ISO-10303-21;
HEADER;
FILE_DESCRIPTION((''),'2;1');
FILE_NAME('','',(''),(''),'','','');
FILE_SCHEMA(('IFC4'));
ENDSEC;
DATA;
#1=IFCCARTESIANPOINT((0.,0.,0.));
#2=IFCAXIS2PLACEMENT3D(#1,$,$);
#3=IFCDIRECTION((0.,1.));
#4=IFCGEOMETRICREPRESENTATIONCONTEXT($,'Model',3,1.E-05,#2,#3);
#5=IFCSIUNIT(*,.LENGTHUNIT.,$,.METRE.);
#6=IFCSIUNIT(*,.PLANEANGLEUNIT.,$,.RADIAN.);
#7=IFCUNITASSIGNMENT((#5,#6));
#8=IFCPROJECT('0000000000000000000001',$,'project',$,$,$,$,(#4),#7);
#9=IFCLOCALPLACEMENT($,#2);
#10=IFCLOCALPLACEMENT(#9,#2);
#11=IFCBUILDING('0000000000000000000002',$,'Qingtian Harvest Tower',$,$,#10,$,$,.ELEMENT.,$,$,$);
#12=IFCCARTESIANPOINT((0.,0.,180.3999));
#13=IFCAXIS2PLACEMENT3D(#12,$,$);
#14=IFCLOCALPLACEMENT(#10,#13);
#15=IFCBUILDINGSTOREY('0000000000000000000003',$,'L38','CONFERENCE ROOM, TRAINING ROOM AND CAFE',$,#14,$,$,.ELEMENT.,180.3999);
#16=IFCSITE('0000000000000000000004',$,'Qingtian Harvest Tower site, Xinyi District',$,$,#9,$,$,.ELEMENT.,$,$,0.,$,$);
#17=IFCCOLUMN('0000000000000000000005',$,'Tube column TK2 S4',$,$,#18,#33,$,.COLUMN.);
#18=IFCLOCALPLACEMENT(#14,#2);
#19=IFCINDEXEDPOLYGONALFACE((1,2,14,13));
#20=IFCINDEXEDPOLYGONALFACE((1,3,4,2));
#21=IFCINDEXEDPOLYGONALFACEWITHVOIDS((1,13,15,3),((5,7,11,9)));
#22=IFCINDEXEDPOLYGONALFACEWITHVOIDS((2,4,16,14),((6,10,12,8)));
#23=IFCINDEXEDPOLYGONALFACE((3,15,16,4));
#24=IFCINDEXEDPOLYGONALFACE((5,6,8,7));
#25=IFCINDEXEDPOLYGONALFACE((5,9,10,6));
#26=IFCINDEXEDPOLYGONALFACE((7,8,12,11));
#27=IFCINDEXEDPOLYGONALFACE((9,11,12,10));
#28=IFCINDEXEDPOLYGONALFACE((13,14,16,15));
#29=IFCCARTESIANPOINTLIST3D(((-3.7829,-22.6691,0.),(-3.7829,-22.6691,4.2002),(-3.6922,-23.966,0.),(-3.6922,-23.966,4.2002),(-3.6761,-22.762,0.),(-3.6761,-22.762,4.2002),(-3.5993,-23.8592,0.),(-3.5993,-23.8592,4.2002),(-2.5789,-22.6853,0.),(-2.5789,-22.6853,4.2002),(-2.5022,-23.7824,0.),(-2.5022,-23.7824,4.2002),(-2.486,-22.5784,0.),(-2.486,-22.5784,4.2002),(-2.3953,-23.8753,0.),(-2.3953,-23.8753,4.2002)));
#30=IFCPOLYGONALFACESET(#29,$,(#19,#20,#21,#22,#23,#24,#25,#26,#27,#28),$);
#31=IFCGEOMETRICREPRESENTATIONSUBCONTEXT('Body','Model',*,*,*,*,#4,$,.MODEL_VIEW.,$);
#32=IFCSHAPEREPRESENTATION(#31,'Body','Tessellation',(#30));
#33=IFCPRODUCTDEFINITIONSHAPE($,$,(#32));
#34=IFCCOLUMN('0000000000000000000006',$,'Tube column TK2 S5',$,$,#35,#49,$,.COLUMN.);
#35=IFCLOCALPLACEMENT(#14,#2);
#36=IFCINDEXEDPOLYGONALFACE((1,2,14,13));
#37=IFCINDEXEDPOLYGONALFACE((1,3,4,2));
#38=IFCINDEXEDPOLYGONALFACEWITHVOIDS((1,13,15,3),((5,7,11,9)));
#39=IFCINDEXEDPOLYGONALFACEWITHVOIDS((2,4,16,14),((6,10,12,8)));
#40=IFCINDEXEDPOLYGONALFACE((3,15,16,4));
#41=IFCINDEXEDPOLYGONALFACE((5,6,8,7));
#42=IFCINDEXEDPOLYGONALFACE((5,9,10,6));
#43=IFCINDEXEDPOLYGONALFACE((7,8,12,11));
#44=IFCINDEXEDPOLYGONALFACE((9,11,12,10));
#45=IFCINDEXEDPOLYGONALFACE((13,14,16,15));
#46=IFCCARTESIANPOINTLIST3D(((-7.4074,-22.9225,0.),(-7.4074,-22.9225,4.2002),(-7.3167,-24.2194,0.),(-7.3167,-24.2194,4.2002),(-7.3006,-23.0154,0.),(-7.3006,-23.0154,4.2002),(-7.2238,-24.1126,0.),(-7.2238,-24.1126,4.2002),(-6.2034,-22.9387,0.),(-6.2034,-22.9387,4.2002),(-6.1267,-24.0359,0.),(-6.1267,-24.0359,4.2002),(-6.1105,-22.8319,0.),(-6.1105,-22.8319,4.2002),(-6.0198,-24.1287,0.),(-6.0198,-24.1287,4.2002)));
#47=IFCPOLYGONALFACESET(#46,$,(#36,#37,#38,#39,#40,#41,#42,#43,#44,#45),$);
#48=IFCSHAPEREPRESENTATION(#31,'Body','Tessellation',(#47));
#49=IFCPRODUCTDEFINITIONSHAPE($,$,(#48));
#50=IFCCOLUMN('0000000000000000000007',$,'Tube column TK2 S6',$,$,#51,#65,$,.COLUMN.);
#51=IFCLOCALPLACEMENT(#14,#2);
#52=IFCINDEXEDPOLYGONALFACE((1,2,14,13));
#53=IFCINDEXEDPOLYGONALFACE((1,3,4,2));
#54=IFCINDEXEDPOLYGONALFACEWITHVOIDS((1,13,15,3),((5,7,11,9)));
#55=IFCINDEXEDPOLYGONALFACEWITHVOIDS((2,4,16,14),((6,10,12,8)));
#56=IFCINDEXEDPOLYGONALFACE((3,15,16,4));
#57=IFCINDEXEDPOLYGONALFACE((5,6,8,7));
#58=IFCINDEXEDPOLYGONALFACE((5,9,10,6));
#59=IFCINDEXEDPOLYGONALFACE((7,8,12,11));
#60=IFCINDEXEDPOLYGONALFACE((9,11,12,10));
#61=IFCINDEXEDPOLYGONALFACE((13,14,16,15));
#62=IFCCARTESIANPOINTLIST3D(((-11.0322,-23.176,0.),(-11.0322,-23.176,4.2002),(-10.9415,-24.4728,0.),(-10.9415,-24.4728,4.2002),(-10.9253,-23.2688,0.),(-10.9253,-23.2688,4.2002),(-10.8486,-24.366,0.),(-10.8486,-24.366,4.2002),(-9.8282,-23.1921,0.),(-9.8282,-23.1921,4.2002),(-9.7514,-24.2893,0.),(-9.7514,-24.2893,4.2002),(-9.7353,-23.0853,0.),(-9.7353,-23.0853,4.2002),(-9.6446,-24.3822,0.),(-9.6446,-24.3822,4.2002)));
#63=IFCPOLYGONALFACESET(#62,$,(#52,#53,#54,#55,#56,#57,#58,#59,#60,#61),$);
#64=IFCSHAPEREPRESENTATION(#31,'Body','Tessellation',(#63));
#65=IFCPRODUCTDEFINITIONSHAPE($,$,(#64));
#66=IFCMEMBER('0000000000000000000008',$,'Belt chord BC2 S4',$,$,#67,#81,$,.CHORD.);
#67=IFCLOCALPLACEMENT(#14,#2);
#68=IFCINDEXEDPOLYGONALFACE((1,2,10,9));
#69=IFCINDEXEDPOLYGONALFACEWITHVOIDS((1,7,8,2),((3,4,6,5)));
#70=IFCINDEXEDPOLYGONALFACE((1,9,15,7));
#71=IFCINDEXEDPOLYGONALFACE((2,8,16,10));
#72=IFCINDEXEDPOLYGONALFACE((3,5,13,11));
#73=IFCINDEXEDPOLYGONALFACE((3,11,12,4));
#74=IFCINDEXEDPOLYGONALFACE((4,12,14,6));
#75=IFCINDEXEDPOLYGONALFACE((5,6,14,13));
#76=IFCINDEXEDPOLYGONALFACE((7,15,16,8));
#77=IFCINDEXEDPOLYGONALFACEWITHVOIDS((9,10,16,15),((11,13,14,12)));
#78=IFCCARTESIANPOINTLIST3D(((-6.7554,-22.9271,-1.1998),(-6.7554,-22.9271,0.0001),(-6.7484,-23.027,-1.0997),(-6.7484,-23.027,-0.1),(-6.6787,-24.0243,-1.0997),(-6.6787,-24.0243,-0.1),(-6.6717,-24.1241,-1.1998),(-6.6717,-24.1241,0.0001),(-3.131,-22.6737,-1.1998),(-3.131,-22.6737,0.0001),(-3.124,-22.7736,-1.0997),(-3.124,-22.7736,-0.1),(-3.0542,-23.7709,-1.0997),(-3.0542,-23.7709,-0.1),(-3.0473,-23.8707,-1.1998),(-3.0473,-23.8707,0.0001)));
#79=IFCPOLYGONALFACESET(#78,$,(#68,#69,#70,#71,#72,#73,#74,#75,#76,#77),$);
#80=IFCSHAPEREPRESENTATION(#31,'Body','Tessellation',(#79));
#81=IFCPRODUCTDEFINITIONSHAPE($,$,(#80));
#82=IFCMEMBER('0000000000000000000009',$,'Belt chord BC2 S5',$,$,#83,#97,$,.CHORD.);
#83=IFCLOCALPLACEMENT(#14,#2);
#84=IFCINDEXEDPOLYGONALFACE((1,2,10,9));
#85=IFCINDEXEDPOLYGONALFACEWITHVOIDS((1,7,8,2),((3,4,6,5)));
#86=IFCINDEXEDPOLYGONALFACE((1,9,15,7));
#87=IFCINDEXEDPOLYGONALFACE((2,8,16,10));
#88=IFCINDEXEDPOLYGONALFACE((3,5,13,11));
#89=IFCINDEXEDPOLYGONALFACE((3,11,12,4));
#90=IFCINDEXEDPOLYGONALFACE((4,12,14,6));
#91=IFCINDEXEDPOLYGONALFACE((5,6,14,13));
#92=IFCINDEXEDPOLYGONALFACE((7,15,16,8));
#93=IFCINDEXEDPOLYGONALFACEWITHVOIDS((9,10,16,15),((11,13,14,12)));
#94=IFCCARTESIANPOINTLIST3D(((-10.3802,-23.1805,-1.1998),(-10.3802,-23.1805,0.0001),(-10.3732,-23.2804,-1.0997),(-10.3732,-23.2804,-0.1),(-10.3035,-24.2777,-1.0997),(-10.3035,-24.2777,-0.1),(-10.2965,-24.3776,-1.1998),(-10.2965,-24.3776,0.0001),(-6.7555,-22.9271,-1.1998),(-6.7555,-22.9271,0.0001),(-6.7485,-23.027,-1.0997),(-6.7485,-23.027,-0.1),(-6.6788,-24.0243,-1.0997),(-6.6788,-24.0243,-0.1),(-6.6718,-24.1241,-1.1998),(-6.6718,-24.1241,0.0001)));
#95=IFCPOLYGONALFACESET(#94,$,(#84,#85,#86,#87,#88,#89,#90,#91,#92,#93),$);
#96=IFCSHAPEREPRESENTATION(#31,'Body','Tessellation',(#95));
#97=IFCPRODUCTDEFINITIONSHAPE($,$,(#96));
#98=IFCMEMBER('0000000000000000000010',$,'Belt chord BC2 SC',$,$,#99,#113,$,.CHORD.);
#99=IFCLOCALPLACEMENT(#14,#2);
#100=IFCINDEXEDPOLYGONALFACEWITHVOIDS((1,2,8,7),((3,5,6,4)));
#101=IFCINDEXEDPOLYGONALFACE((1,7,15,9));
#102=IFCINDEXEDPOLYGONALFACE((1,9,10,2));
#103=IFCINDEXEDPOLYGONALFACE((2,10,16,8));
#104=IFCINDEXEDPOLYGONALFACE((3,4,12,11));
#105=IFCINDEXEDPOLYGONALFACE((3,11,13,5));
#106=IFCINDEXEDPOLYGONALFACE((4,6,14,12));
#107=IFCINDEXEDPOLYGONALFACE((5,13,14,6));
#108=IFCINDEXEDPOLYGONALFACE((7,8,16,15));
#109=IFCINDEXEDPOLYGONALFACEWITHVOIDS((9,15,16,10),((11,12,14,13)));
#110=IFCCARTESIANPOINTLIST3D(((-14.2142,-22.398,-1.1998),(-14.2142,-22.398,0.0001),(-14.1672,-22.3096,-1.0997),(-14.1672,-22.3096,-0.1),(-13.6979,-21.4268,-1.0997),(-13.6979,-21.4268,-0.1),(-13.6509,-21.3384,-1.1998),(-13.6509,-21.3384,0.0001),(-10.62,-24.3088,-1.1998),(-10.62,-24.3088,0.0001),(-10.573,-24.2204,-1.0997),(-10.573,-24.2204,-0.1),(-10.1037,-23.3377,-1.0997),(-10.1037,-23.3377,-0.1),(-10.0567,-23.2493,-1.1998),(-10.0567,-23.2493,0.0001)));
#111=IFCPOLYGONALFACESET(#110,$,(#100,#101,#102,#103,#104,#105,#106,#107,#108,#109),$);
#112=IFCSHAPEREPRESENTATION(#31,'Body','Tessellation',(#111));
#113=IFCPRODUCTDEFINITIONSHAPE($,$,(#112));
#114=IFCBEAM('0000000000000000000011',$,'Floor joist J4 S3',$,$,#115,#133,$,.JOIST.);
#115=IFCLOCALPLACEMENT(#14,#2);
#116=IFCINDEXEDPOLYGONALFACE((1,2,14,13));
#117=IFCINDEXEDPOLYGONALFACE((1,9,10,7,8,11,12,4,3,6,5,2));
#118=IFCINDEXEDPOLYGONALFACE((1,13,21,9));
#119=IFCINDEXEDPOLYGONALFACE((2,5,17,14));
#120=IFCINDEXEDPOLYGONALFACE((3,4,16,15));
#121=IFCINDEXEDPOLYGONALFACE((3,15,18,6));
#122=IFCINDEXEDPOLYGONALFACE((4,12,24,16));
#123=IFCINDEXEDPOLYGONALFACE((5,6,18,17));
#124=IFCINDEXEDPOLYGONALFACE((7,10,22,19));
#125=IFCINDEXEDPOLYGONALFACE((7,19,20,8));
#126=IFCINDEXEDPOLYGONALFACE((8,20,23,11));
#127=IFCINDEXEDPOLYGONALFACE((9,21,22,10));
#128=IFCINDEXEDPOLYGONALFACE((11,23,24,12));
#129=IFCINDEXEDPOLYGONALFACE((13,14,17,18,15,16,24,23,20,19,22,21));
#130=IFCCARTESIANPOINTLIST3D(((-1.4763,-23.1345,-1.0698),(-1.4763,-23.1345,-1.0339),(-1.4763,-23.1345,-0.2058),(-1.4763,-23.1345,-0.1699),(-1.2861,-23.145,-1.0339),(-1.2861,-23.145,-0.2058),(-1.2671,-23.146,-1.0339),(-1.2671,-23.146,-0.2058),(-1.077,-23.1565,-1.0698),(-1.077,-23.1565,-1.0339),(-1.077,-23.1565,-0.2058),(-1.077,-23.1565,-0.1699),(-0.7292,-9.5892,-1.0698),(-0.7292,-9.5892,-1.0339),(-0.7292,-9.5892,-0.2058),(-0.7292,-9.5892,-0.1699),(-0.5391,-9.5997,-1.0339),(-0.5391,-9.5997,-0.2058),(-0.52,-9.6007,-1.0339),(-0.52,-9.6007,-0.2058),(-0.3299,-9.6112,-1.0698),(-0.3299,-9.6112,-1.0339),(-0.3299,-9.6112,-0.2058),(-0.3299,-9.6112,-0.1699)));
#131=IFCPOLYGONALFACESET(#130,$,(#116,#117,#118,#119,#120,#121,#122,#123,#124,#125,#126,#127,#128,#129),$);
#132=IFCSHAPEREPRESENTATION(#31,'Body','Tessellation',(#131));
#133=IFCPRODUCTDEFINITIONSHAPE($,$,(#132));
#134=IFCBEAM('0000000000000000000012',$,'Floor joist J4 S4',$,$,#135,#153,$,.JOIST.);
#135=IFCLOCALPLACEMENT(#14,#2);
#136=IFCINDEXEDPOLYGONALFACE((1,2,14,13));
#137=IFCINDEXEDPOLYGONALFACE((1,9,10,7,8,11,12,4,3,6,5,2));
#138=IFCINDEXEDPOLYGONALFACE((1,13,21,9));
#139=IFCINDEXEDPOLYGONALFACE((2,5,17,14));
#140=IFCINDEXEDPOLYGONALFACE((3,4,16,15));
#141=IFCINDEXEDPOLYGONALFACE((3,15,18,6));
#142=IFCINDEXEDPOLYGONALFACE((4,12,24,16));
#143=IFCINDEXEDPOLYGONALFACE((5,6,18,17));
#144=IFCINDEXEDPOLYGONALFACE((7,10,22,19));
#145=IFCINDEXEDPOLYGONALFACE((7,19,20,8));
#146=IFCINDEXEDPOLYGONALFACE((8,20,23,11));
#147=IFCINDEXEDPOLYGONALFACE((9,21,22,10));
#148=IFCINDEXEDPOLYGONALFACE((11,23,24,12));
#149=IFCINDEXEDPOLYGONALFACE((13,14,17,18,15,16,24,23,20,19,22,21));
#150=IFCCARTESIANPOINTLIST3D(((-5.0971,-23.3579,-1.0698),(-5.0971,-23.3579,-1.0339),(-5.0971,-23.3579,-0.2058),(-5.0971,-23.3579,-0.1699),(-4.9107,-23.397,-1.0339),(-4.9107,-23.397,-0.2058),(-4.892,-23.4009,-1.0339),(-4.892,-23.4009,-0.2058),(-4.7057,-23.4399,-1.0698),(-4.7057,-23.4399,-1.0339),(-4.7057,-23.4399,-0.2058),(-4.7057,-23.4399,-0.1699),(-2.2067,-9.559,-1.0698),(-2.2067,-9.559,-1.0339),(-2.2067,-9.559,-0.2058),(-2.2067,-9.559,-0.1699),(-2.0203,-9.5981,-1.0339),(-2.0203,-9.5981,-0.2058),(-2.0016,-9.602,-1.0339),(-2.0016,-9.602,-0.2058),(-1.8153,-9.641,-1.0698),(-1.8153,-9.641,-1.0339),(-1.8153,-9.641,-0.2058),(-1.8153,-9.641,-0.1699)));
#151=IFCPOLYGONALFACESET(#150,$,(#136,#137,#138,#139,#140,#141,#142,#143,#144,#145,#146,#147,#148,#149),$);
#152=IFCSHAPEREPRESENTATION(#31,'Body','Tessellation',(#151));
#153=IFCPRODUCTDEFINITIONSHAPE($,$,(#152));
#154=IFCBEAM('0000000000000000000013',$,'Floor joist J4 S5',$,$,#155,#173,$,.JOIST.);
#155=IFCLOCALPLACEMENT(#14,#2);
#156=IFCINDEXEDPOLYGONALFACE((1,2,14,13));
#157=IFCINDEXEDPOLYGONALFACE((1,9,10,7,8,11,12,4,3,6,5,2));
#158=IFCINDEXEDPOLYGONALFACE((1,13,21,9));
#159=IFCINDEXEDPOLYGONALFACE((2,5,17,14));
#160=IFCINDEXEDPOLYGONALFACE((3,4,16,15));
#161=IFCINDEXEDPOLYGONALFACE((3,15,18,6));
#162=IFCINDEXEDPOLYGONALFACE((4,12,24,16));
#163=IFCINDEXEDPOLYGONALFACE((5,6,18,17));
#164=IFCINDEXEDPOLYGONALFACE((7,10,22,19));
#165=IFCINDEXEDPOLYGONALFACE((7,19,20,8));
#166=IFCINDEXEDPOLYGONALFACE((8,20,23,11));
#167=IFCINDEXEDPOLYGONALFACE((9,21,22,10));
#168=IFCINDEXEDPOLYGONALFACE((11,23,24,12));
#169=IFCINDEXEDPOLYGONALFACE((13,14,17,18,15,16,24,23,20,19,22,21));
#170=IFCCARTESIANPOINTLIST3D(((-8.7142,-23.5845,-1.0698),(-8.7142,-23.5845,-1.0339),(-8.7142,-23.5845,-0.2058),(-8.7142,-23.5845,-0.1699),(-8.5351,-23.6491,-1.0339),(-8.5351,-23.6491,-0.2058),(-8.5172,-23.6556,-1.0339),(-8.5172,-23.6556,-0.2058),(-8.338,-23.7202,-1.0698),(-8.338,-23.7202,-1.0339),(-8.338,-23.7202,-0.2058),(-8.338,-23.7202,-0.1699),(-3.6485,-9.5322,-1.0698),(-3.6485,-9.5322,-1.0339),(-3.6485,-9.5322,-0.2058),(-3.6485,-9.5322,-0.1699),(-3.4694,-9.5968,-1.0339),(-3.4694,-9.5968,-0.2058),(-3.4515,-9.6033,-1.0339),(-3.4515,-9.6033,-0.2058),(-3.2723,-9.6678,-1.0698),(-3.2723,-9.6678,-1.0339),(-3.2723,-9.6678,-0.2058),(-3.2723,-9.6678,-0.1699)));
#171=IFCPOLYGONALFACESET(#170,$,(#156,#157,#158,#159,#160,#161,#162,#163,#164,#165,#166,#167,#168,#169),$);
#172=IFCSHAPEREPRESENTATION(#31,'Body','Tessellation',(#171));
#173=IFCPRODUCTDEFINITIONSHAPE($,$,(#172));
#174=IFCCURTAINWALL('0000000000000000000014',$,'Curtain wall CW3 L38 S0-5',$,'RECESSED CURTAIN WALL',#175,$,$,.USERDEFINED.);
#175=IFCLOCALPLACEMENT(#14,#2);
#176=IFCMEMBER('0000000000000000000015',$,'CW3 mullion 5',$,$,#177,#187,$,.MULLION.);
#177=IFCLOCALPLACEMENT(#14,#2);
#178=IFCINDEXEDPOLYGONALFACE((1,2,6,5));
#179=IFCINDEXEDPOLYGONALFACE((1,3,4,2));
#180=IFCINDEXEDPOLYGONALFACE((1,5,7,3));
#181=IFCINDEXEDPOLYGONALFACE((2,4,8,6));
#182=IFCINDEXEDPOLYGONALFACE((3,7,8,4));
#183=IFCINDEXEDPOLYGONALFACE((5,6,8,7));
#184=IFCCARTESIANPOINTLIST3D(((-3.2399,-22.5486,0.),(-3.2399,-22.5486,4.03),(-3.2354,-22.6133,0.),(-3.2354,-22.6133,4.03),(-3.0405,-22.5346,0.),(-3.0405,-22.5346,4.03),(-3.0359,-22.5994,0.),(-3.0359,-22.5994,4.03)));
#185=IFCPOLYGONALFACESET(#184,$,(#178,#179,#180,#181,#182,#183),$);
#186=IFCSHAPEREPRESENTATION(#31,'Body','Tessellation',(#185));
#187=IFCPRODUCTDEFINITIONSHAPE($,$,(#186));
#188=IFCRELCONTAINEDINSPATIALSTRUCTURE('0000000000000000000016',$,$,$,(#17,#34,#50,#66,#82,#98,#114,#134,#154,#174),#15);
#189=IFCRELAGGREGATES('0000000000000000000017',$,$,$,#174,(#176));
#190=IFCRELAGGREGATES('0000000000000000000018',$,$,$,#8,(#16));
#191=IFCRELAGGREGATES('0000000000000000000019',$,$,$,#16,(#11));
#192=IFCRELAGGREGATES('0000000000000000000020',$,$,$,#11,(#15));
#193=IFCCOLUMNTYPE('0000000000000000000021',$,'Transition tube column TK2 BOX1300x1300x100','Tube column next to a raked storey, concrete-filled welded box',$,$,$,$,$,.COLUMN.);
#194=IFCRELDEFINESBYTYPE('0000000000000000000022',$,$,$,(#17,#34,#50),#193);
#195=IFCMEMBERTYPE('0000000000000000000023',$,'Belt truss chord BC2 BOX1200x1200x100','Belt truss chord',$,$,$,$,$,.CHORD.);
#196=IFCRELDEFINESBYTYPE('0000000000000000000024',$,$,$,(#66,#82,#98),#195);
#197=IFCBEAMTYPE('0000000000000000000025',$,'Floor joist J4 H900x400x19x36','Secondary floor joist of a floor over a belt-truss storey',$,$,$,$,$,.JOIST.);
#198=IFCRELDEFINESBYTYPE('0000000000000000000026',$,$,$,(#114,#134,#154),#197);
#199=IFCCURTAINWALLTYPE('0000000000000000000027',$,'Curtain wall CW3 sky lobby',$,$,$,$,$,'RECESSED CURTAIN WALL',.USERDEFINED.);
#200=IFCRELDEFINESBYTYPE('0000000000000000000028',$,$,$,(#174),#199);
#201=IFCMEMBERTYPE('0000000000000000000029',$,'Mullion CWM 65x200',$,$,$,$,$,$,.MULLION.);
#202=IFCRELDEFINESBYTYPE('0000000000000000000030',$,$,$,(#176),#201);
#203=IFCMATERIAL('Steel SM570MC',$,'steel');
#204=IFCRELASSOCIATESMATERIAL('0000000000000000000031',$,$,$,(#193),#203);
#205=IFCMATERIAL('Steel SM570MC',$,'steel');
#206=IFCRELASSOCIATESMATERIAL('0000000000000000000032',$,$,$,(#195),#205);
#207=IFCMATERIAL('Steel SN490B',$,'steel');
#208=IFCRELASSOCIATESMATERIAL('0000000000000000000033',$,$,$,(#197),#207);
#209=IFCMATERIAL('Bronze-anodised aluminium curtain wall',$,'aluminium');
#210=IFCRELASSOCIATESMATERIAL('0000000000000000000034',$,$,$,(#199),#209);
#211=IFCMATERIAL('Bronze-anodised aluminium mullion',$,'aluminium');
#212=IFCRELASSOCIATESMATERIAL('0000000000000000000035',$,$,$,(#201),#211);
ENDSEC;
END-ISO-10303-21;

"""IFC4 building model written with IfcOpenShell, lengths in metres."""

from ifc_helpers import new_model, si_unit, direction, frame, origin, origin_2d, place, context, subcontext, project, spatial, rectangle, hollow_rectangle, i_section, extrude, material, material_profile, profile_set, type_object, element, aggregate, save


model = new_model("IFC4")

# Units and contexts
model_context = context("Model", 3, precision=1e-05, world=origin(), true_north=direction((0.0, 1.0)))
body_context = subcontext(model_context, "Body", "Model", "MODEL_VIEW")
ifc_project = project(units=[si_unit("LENGTHUNIT", "METRE"), si_unit("PLANEANGLEUNIT", "RADIAN")], contexts=[model_context])

# Site, building, storey
site_placement = place(None, origin())
site = spatial("IfcSite", under=ifc_project, at=site_placement, Name="Qingtian Harvest Tower site, Xinyi District", CompositionType="ELEMENT", RefElevation=0.0)
building_placement = place(site_placement, origin())
building = spatial("IfcBuilding", under=site, at=building_placement, Name="Qingtian Harvest Tower", CompositionType="ELEMENT")
storey_placement = place(building_placement, frame((0.0, 0.0, 180.3999)))
storey = spatial("IfcBuildingStorey", under=building, at=storey_placement, Name="L38", Description="CONFERENCE ROOM, TRAINING ROOM AND CAFE", CompositionType="ELEMENT", Elevation=180.3999)

# Columns
ifc_material_1 = material(Name="Steel SM570MC", Category="steel")
ifc_material_profile_1 = material_profile(ifc_material_1, hollow_rectangle(XDim=1.3, YDim=1.3, WallThickness=0.1001, at=origin_2d()), Name="BOX1300x1300x100")
ifc_profile_set_1 = profile_set([ifc_material_profile_1], Name="Steel SM570MC")
column_type = type_object("IfcColumnType", Name="Transition tube column TK2 BOX1300x1300x100", Description="Tube column next to a raked storey, concrete-filled welded box", PredefinedType="COLUMN", material=ifc_profile_set_1)
for number, where, z_axis, x_axis, name in (
    (1, (-3.0891, -23.2722, 0.0), (0.0, 0.0, 1.0), (0.997564, 0.069756, 0.0), "Tube column TK2 S4"),
    (2, (-6.7136, -23.5256, 0.0), (0.0, 0.0, 1.0), (0.997564, 0.069756, 0.0), "Tube column TK2 S5"),
    (3, (-10.3384, -23.7791, 0.0), (0.0, 0.0, 1.0), (0.997564, 0.069756, 0.0), "Tube column TK2 S6"),
):
    element("IfcColumn", number, at=place(storey_placement, frame(where, z_axis=z_axis, x_axis=x_axis)), inside=storey, type_object=column_type, Name=name, PredefinedType="COLUMN", context=body_context, shape_type="SweptSolid", body=[
        extrude(hollow_rectangle(XDim=1.3, YDim=1.3, WallThickness=0.1001, at=origin_2d()), origin(), (0.0, 0.0, 1.0), 4.2002),
    ])

# Members
ifc_material_2 = material(Name="Steel SM570MC", Category="steel")
ifc_material_profile_2 = material_profile(ifc_material_2, hollow_rectangle(XDim=1.2, YDim=1.2, WallThickness=0.1001, at=origin_2d()), Name="BOX1200x1200x100")
ifc_profile_set_2 = profile_set([ifc_material_profile_2], Name="Steel SM570MC")
member_type_1 = type_object("IfcMemberType", Name="Belt truss chord BC2 BOX1200x1200x100", Description="Belt truss chord", PredefinedType="CHORD", material=ifc_profile_set_2)
member_1_placement = place(storey_placement, frame((-3.0891, -23.2722, -0.5999), z_axis=(-0.997565, -0.069748, 0.0), x_axis=(0.069748, -0.997565, 0.0)))
element("IfcMember", 4, at=member_1_placement, inside=storey, type_object=member_type_1, Name="Belt chord BC2 S4", PredefinedType="CHORD", context=body_context, shape_type="SweptSolid", body=[
    extrude(hollow_rectangle(XDim=1.2, YDim=1.2, WallThickness=0.1001, at=origin_2d()), origin(), (0.0, 0.0, 1.0), 3.6333),
])
member_2_placement = place(storey_placement, frame((-6.7136, -23.5256, -0.5999), z_axis=(-0.997565, -0.069743, 0.0), x_axis=(0.069743, -0.997565, 0.0)))
element("IfcMember", 5, at=member_2_placement, inside=storey, type_object=member_type_1, Name="Belt chord BC2 S5", PredefinedType="CHORD", context=body_context, shape_type="SweptSolid", body=[
    extrude(hollow_rectangle(XDim=1.2, YDim=1.2, WallThickness=0.1001, at=origin_2d()), origin(), (0.0, 0.0, 1.0), 3.6335),
])
member_3_placement = place(storey_placement, frame((-10.3384, -23.7791, -0.5999), z_axis=(-0.882968, 0.469433, 0.0), x_axis=(-0.469433, -0.882968, 0.0)))
element("IfcMember", 6, at=member_3_placement, inside=storey, type_object=member_type_1, Name="Belt chord BC2 SC", PredefinedType="CHORD", context=body_context, shape_type="SweptSolid", body=[
    extrude(hollow_rectangle(XDim=1.2, YDim=1.2, WallThickness=0.1001, at=origin_2d()), origin(), (0.0, 0.0, 1.0), 4.0706),
])

# Beams
ifc_material_3 = material(Name="Steel SN490B", Category="steel")
ifc_material_profile_3 = material_profile(ifc_material_3, i_section(OverallWidth=0.3999, OverallDepth=0.8999, WebThickness=0.019, FlangeThickness=0.0359, at=origin_2d()), Name="H900x400x19x36")
ifc_profile_set_3 = profile_set([ifc_material_profile_3], Name="Steel SN490B")
beam_type_1 = type_object("IfcBeamType", Name="Floor joist J4 H900x400x19x36", Description="Secondary floor joist of a floor over a belt-truss storey", PredefinedType="JOIST", material=ifc_profile_set_3)
beam_1_placement = place(storey_placement, frame((-1.2766, -23.1455, -0.6199), z_axis=(0.055069, 0.998483, 0.0), x_axis=(-0.998483, 0.055069, 0.0)))
element("IfcBeam", 7, at=beam_1_placement, inside=storey, type_object=beam_type_1, Name="Floor joist J4 S3", PredefinedType="JOIST", context=body_context, shape_type="SweptSolid", body=[
    extrude(i_section(OverallWidth=0.3999, OverallDepth=0.8999, WebThickness=0.019, FlangeThickness=0.0359, at=origin_2d()), origin(), (0.0, 0.0, 1.0), 13.5659),
])
beam_2_placement = place(storey_placement, frame((-4.9014, -23.3989, -0.6199), z_axis=(0.205016, 0.978759, 0.0), x_axis=(-0.978759, 0.205016, 0.0)))
element("IfcBeam", 8, at=beam_2_placement, inside=storey, type_object=beam_type_1, Name="Floor joist J4 S4", PredefinedType="JOIST", context=body_context, shape_type="SweptSolid", body=[
    extrude(i_section(OverallWidth=0.3999, OverallDepth=0.8999, WebThickness=0.019, FlangeThickness=0.0359, at=origin_2d()), origin(), (0.0, 0.0, 1.0), 14.0984),
])
beam_3_placement = place(storey_placement, frame((-8.5261, -23.6523, -0.6199), z_axis=(0.339126, 0.940741, 0.0), x_axis=(-0.940741, 0.339126, 0.0)))
element("IfcBeam", 9, at=beam_3_placement, inside=storey, type_object=beam_type_1, Name="Floor joist J4 S5", PredefinedType="JOIST", context=body_context, shape_type="SweptSolid", body=[
    extrude(i_section(OverallWidth=0.3999, OverallDepth=0.8999, WebThickness=0.019, FlangeThickness=0.0359, at=origin_2d()), origin(), (0.0, 0.0, 1.0), 14.9375),
])

# Curtain wall, member
ifc_material_4 = material(Name="Bronze-anodised aluminium curtain wall", Category="aluminium")
curtain_wall_type = type_object("IfcCurtainWallType", Name="Curtain wall CW3 sky lobby", ElementType="RECESSED CURTAIN WALL", PredefinedType="USERDEFINED", material=ifc_material_4)
curtain_wall_1_placement = place(storey_placement, origin())
curtain_wall_1 = element("IfcCurtainWall", 10, at=curtain_wall_1_placement, inside=storey, type_object=curtain_wall_type, Name="Curtain wall CW3 L38 S0-5", ObjectType="RECESSED CURTAIN WALL", PredefinedType="USERDEFINED")
ifc_material_5 = material(Name="Bronze-anodised aluminium mullion", Category="aluminium")
ifc_material_profile_4 = material_profile(ifc_material_5, rectangle(XDim=0.0649, YDim=0.2, at=origin_2d()), Name="AL 65x200")
ifc_profile_set_4 = profile_set([ifc_material_profile_4], Name="Bronze-anodised aluminium mullion")
member_type_2 = type_object("IfcMemberType", Name="Mullion CWM 65x200", PredefinedType="MULLION", material=ifc_profile_set_4)
member_4_placement = place(storey_placement, frame((-3.1379, -22.574, 0.0), z_axis=(0.0, 0.0, 1.0), x_axis=(0.069756, -0.997564, 0.0)))
member_4 = element("IfcMember", 11, at=member_4_placement, type_object=member_type_2, Name="CW3 mullion 5", PredefinedType="MULLION", context=body_context, shape_type="SweptSolid", body=[
    extrude(rectangle(XDim=0.0649, YDim=0.2, at=origin_2d()), origin(), (0.0, 0.0, 1.0), 4.03),
])

aggregate(curtain_wall_1, [member_4])

save(model, "model.ifc")
